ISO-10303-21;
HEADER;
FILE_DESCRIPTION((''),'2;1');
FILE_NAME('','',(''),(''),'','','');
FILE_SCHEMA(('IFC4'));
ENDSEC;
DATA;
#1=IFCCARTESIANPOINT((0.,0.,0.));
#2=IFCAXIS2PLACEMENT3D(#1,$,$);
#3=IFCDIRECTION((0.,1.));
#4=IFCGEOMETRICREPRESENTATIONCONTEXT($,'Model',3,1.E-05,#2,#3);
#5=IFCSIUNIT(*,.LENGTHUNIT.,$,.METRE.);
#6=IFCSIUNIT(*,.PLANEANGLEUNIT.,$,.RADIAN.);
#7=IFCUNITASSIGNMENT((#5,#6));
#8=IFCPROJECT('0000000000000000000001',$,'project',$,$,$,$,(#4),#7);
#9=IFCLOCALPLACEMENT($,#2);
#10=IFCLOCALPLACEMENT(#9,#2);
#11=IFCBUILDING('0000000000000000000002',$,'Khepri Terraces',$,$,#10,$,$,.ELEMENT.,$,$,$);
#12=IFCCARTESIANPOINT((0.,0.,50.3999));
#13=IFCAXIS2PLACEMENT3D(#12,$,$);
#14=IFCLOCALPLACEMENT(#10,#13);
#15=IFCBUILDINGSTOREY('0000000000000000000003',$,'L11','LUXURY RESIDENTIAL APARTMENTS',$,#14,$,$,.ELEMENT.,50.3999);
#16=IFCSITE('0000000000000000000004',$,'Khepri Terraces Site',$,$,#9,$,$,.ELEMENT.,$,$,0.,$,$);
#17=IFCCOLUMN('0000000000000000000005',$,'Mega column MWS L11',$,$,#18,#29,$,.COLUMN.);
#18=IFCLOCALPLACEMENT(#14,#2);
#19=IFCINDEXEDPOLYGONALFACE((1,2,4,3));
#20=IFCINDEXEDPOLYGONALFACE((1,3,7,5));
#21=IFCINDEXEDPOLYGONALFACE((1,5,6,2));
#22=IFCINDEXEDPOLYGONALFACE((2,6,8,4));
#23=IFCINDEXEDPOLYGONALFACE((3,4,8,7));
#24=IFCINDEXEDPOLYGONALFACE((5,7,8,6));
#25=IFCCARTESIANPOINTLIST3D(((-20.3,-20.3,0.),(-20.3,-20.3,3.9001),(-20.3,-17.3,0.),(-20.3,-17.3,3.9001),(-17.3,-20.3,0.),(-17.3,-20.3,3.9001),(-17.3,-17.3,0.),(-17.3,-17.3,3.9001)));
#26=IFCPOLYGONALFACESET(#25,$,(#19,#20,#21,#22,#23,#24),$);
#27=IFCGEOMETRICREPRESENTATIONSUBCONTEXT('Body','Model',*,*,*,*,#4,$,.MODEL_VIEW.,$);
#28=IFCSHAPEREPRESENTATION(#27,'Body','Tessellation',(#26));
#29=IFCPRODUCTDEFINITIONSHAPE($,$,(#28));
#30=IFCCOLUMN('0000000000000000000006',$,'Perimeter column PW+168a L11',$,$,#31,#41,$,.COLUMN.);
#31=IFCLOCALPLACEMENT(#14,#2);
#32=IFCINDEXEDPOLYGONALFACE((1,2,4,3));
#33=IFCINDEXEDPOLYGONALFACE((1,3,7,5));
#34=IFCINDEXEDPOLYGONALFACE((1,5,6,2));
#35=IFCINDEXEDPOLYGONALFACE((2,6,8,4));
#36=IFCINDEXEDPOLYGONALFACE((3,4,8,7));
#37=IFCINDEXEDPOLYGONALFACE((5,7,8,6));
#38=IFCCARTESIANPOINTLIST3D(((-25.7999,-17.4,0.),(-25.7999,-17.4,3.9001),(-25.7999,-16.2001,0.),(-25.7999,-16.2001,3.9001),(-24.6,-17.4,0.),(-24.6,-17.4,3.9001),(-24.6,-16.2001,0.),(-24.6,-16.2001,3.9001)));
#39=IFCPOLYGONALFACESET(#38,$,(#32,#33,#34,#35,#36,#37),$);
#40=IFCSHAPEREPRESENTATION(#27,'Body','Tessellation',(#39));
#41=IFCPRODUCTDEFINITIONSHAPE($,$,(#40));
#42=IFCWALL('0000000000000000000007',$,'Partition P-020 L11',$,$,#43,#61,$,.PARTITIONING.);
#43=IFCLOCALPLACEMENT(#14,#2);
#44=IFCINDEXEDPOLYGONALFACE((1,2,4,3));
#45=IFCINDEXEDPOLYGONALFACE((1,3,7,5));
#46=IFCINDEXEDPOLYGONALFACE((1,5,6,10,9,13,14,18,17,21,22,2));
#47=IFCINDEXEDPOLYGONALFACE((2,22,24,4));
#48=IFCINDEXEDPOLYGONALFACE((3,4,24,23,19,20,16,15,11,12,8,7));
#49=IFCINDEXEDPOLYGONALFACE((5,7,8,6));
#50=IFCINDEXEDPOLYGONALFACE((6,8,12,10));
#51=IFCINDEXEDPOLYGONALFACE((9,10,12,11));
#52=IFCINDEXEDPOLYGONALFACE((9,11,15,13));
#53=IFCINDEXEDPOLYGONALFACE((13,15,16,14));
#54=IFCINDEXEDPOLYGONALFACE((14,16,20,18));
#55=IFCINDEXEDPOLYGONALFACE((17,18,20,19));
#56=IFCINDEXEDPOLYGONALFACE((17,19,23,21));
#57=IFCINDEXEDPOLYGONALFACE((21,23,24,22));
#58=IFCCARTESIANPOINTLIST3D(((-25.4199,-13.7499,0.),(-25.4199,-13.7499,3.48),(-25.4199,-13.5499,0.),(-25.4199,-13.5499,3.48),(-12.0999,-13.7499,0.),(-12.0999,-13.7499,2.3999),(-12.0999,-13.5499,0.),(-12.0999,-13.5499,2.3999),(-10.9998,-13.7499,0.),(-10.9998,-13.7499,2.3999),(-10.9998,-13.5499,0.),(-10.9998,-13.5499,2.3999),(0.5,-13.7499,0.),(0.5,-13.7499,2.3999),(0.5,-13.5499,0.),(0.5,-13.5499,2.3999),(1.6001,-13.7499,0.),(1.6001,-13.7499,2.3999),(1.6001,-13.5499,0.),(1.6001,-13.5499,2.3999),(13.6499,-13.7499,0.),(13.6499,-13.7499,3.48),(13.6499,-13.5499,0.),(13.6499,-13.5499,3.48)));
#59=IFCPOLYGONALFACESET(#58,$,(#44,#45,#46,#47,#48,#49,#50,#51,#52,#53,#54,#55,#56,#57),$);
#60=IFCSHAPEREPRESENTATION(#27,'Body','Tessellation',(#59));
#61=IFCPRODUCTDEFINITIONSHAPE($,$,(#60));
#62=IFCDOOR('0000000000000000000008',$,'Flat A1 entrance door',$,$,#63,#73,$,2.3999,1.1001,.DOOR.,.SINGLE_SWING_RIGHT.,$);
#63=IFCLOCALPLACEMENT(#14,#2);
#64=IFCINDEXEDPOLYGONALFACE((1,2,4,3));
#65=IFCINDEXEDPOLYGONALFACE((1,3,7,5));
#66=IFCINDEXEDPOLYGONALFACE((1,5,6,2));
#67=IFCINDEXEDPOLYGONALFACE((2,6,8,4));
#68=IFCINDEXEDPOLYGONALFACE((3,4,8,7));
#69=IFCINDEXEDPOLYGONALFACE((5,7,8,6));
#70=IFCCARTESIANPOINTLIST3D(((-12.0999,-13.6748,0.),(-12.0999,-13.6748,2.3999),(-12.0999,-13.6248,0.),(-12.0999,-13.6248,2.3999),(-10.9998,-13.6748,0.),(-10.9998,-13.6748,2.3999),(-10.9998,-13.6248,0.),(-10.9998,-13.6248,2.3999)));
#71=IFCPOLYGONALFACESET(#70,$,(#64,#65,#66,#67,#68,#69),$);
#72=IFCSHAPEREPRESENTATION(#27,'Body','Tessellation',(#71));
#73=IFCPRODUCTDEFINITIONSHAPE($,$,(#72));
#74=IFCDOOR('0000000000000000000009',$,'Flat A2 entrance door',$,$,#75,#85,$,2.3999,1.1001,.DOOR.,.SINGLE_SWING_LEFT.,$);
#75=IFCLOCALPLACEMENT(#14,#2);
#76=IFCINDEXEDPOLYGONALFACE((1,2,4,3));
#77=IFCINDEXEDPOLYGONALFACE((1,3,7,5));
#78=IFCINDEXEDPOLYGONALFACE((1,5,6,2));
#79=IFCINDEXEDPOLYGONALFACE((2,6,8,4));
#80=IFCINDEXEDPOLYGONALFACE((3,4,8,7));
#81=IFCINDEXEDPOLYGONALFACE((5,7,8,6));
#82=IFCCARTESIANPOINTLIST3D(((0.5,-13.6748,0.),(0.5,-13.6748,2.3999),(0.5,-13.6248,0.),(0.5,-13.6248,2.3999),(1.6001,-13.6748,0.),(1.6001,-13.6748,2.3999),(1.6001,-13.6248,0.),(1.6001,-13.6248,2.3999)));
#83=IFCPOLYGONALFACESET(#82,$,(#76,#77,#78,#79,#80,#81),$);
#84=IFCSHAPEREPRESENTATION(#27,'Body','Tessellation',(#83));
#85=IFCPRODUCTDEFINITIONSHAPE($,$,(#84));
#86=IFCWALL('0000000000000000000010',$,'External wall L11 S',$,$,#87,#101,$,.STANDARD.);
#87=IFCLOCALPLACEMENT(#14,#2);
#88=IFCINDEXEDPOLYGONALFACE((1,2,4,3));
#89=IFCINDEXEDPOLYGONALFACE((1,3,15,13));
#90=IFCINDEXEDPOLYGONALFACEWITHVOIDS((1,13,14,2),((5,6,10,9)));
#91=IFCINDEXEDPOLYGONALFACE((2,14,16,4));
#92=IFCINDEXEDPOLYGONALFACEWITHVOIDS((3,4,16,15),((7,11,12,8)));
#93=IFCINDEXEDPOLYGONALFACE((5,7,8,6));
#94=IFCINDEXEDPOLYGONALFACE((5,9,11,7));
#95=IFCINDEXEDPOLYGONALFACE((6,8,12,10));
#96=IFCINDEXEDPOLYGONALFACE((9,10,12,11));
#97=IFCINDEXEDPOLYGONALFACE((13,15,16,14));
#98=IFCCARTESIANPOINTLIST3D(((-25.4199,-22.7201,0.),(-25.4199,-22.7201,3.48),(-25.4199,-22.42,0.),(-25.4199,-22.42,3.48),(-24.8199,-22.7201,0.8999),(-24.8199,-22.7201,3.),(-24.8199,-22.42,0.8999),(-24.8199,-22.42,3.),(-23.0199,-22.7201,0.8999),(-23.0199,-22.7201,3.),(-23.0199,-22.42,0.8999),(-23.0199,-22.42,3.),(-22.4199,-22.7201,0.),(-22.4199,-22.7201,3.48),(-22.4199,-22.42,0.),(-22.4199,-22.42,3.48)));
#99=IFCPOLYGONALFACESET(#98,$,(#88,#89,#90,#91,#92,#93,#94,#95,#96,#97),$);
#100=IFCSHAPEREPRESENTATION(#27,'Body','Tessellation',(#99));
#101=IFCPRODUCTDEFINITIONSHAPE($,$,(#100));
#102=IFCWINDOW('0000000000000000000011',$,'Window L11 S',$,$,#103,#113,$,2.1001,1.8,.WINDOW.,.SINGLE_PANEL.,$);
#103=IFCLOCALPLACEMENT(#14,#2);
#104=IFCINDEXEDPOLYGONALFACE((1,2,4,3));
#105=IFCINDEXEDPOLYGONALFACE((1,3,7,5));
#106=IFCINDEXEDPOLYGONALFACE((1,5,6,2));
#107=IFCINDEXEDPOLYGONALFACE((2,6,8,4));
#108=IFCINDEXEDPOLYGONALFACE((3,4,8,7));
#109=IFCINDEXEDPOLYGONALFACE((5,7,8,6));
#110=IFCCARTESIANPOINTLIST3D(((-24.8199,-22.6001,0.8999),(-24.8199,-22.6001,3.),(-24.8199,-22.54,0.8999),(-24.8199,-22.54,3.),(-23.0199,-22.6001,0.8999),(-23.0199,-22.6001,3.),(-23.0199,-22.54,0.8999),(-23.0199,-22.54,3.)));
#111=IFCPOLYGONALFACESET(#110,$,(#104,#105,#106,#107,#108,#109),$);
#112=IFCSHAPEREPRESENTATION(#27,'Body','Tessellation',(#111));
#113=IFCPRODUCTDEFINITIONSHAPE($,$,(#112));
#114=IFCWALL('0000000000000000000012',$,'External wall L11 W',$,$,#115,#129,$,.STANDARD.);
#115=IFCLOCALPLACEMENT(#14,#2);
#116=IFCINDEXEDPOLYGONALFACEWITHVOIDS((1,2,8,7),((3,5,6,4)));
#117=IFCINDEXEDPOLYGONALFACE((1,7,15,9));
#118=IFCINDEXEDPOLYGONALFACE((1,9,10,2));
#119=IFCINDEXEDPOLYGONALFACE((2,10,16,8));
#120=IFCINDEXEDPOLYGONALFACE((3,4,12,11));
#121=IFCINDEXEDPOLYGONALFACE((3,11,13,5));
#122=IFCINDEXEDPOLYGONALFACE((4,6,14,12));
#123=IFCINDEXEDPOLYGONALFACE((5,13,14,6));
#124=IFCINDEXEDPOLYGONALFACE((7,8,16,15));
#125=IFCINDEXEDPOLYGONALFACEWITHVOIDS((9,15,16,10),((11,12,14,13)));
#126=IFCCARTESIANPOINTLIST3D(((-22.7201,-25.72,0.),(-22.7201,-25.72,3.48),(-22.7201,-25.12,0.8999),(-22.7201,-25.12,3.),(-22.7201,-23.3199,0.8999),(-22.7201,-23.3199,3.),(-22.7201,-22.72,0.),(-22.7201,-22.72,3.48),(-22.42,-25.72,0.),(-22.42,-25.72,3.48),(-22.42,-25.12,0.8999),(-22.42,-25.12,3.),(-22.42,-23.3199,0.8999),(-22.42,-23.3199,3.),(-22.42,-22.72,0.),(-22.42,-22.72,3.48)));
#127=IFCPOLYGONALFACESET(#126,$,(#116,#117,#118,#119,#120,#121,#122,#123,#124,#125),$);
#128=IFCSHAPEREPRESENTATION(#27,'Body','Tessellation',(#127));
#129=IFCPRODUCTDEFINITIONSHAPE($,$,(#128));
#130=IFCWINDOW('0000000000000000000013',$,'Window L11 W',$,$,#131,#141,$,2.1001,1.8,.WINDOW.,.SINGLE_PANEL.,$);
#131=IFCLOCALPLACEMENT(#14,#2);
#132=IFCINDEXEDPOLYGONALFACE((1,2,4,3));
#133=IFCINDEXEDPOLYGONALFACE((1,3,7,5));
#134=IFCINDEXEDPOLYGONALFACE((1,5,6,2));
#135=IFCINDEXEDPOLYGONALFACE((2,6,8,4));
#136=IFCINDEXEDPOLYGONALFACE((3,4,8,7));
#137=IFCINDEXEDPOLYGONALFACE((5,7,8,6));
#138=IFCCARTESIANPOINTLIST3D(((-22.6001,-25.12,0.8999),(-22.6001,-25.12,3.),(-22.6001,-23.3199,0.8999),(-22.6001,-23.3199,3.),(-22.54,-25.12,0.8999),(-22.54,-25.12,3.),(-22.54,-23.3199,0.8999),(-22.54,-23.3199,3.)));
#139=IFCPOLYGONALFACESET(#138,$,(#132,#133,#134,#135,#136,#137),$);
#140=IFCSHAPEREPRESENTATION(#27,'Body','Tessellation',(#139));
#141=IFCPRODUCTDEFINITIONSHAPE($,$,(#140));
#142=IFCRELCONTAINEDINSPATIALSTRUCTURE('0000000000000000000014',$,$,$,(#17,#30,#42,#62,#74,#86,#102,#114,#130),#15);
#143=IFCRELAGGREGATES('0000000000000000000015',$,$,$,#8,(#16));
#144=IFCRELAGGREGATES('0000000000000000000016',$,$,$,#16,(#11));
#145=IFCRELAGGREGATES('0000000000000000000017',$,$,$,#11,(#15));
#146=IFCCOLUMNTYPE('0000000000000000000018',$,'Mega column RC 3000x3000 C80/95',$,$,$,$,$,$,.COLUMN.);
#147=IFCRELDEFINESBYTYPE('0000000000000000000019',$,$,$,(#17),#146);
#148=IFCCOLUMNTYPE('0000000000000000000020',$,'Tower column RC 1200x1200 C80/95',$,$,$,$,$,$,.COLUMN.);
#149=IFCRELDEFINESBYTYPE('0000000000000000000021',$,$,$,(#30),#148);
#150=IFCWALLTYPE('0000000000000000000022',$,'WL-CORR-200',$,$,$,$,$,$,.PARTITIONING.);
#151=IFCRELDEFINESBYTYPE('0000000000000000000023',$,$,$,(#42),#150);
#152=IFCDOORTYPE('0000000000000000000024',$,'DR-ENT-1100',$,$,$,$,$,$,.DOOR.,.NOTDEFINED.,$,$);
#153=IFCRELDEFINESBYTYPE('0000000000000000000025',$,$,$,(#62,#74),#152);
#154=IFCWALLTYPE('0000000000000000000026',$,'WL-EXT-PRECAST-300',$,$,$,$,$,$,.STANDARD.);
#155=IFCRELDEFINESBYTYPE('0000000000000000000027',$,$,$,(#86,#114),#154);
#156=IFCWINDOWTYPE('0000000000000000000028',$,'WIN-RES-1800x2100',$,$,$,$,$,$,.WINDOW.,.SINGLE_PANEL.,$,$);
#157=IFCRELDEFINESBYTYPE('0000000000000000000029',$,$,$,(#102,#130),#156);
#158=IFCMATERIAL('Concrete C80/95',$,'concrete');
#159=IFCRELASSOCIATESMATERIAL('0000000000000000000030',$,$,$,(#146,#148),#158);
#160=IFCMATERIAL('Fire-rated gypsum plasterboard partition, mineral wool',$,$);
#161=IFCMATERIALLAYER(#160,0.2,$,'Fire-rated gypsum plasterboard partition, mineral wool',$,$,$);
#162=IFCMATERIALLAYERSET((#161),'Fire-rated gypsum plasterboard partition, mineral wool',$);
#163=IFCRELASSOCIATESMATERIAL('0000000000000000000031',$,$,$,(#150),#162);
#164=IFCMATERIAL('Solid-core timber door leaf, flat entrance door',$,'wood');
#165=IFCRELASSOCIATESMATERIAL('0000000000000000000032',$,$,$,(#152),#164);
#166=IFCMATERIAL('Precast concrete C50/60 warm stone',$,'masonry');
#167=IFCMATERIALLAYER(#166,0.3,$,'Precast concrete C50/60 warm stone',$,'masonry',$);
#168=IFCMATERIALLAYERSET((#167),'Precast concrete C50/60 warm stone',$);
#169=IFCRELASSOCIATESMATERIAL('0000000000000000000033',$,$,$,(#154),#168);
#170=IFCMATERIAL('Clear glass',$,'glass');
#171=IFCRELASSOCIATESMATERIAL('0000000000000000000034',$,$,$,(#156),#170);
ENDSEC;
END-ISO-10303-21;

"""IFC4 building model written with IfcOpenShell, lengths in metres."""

from ifc_helpers import new_model, si_unit, direction, frame, frame_2d, origin, origin_2d, place, context, subcontext, project, spatial, rectangle, extrude, material, layer, layer_set, material_profile, profile_set, type_object, element, fill, save


model = new_model("IFC4")

# Units and contexts
model_context = context("Model", 3, precision=1e-05, world=origin(), true_north=direction((0.0, 1.0)))
body_context = subcontext(model_context, "Body", "Model", "MODEL_VIEW")
ifc_project = project(units=[si_unit("LENGTHUNIT", "METRE"), si_unit("PLANEANGLEUNIT", "RADIAN")], contexts=[model_context])

# Site, building, storey
site_placement = place(None, origin())
site = spatial("IfcSite", under=ifc_project, at=site_placement, Name="Khepri Terraces Site", CompositionType="ELEMENT", RefElevation=0.0)
building_placement = place(site_placement, origin())
building = spatial("IfcBuilding", under=site, at=building_placement, Name="Khepri Terraces", CompositionType="ELEMENT")
storey_placement = place(building_placement, frame((0.0, 0.0, 50.3999)))
storey = spatial("IfcBuildingStorey", under=building, at=storey_placement, Name="L11", Description="LUXURY RESIDENTIAL APARTMENTS", CompositionType="ELEMENT", Elevation=50.3999)

# Columns
ifc_material_1 = material(Name="Concrete C80/95", Category="concrete")
ifc_material_profile_1 = material_profile(ifc_material_1, rectangle(XDim=3.0, YDim=3.0, at=origin_2d()), Name="Concrete C80/95", Category="concrete")
ifc_profile_set_1 = profile_set([ifc_material_profile_1], Name="Concrete C80/95")
column_type_1 = type_object("IfcColumnType", Name="Mega column RC 3000x3000 C80/95", PredefinedType="COLUMN", material=ifc_profile_set_1)
column_1_placement = place(storey_placement, frame((-18.8, -18.8, 0.0), z_axis=(0.0, 0.0, 1.0), x_axis=(1.0, 0.0, 0.0)))
element("IfcColumn", 1, at=column_1_placement, inside=storey, type_object=column_type_1, Name="Mega column MWS L11", PredefinedType="COLUMN", context=body_context, shape_type="SweptSolid", body=[
    extrude(rectangle(XDim=3.0, YDim=3.0, at=origin_2d()), origin(), (0.0, 0.0, 1.0), 3.9001),
])
ifc_material_profile_2 = material_profile(ifc_material_1, rectangle(XDim=1.2, YDim=1.2, at=origin_2d()), Name="Concrete C80/95", Category="concrete")
ifc_profile_set_2 = profile_set([ifc_material_profile_2], Name="Concrete C80/95")
column_type_2 = type_object("IfcColumnType", Name="Tower column RC 1200x1200 C80/95", PredefinedType="COLUMN", material=ifc_profile_set_2)
column_2_placement = place(storey_placement, frame((-25.2, -16.8, 0.0), z_axis=(0.0, 0.0, 1.0), x_axis=(1.0, 0.0, 0.0)))
element("IfcColumn", 2, at=column_2_placement, inside=storey, type_object=column_type_2, Name="Perimeter column PW+168a L11", PredefinedType="COLUMN", context=body_context, shape_type="SweptSolid", body=[
    extrude(rectangle(XDim=1.2, YDim=1.2, at=origin_2d()), origin(), (0.0, 0.0, 1.0), 3.9001),
])

# Wall, openings, doors
ifc_material_2 = material(Name="Fire-rated gypsum plasterboard partition, mineral wool")
ifc_layer_1 = layer(ifc_material_2, 0.2, Name="Fire-rated gypsum plasterboard partition, mineral wool")
ifc_layer_set_1 = layer_set([ifc_layer_1], Name="Fire-rated gypsum plasterboard partition, mineral wool")
wall_type_1 = type_object("IfcWallType", Name="WL-CORR-200", PredefinedType="PARTITIONING", material=ifc_layer_set_1)
wall_1_placement = place(storey_placement, frame((-25.4199, -13.6499, 0.0), z_axis=(0.0, 0.0, 1.0), x_axis=(1.0, 0.0, 0.0)))
wall_1 = element("IfcWall", 3, at=wall_1_placement, inside=storey, type_object=wall_type_1, Name="Partition P-020 L11", PredefinedType="PARTITIONING", context=body_context, shape_type="SweptSolid", body=[
    extrude(rectangle(XDim=39.0698, YDim=0.2, at=frame_2d((19.5349, 0.0))), origin(), (0.0, 0.0, 1.0), 3.48),
])
opening_1_placement = place(wall_1_placement, frame((13.3201, 0.0, 0.0)))
opening_1 = element("IfcOpeningElement", 4, at=opening_1_placement, cuts=wall_1, PredefinedType="OPENING", context=body_context, shape_type="SweptSolid", body=[
    extrude(rectangle(XDim=1.1001, YDim=2.3999, at=frame_2d((0.55, 1.2))), frame((0.0, 0.1099, 0.0), z_axis=(0.0, -1.0, 0.0), x_axis=(1.0, 0.0, 0.0)), (0.0, 0.0, 1.0), 0.22),
])
opening_2_placement = place(wall_1_placement, frame((25.9199, 0.0, 0.0)))
opening_2 = element("IfcOpeningElement", 5, at=opening_2_placement, cuts=wall_1, PredefinedType="OPENING", context=body_context, shape_type="SweptSolid", body=[
    extrude(rectangle(XDim=1.1001, YDim=2.3999, at=frame_2d((0.55, 1.2))), frame((0.0, 0.1099, 0.0), z_axis=(0.0, -1.0, 0.0), x_axis=(1.0, 0.0, 0.0)), (0.0, 0.0, 1.0), 0.22),
])
ifc_material_3 = material(Name="Solid-core timber door leaf, flat entrance door", Category="wood")
door_type_1 = type_object("IfcDoorType", Name="DR-ENT-1100", OperationType="NOTDEFINED", PredefinedType="DOOR", material=ifc_material_3)
door_1_placement = place(opening_1_placement, frame((1.1001, 0.0, 0.0), z_axis=(0.0, 0.0, 1.0), x_axis=(-1.0, 0.0, 0.0)))
door_1 = element("IfcDoor", 6, at=door_1_placement, inside=storey, type_object=door_type_1, Name="Flat A1 entrance door", OperationType="SINGLE_SWING_RIGHT", OverallHeight=2.3999, OverallWidth=1.1001, PredefinedType="DOOR", context=body_context, shape_type="SweptSolid", body=[
    extrude(rectangle(XDim=1.1001, YDim=2.3999, at=frame_2d((0.55, 1.2))), frame((0.0, 0.0249, 0.0), z_axis=(0.0, -1.0, 0.0), x_axis=(1.0, 0.0, 0.0)), (0.0, 0.0, 1.0), 0.05),
])
fill(opening_1, door_1)
door_2_placement = place(opening_2_placement, frame((1.1001, 0.0, 0.0), z_axis=(0.0, 0.0, 1.0), x_axis=(-1.0, 0.0, 0.0)))
door_2 = element("IfcDoor", 7, at=door_2_placement, inside=storey, type_object=door_type_1, Name="Flat A2 entrance door", OperationType="SINGLE_SWING_LEFT", OverallHeight=2.3999, OverallWidth=1.1001, PredefinedType="DOOR", context=body_context, shape_type="SweptSolid", body=[
    extrude(rectangle(XDim=1.1001, YDim=2.3999, at=frame_2d((0.55, 1.2))), frame((0.0, 0.0249, 0.0), z_axis=(0.0, -1.0, 0.0), x_axis=(1.0, 0.0, 0.0)), (0.0, 0.0, 1.0), 0.05),
])
fill(opening_2, door_2)

# Shared definitions
ifc_material_4 = material(Name="Precast concrete C50/60 warm stone", Category="masonry")
ifc_layer_2 = layer(ifc_material_4, 0.3, Name="Precast concrete C50/60 warm stone", Category="masonry")
ifc_layer_set_2 = layer_set([ifc_layer_2], Name="Precast concrete C50/60 warm stone")
wall_type_2 = type_object("IfcWallType", Name="WL-EXT-PRECAST-300", PredefinedType="STANDARD", material=ifc_layer_set_2)
ifc_material_5 = material(Name="Clear glass", Category="glass")
window_type = type_object("IfcWindowType", Name="WIN-RES-1800x2100", PartitioningType="SINGLE_PANEL", PredefinedType="WINDOW", material=ifc_material_5)

# Walls, openings, windows
wall_2_placement = place(storey_placement, frame((-25.4199, -22.5701, 0.0), z_axis=(0.0, 0.0, 1.0), x_axis=(1.0, 0.0, 0.0)))
wall_2 = element("IfcWall", 8, at=wall_2_placement, inside=storey, type_object=wall_type_2, Name="External wall L11 S", PredefinedType="STANDARD", context=body_context, shape_type="SweptSolid", body=[
    extrude(rectangle(XDim=3.0, YDim=0.3, at=frame_2d((1.5, 0.0))), origin(), (0.0, 0.0, 1.0), 3.48),
])
opening_3_placement = place(wall_2_placement, frame((0.6001, 0.0, 0.8999)))
opening_3 = element("IfcOpeningElement", 9, at=opening_3_placement, cuts=wall_2, PredefinedType="OPENING", context=body_context, shape_type="SweptSolid", body=[
    extrude(rectangle(XDim=1.8, YDim=2.1001, at=frame_2d((0.8999, 1.05))), frame((0.0, 0.1602, 0.0), z_axis=(0.0, -1.0, 0.0), x_axis=(1.0, 0.0, 0.0)), (0.0, 0.0, 1.0), 0.3201),
])
window_1_placement = place(opening_3_placement, origin())
window_1 = element("IfcWindow", 10, at=window_1_placement, inside=storey, type_object=window_type, Name="Window L11 S", OverallHeight=2.1001, OverallWidth=1.8, PartitioningType="SINGLE_PANEL", PredefinedType="WINDOW", context=body_context, shape_type="SweptSolid", body=[
    extrude(rectangle(XDim=1.8, YDim=2.1001, at=frame_2d((0.8999, 1.05))), frame((0.0, 0.03, 0.0), z_axis=(0.0, -1.0, 0.0), x_axis=(1.0, 0.0, 0.0)), (0.0, 0.0, 1.0), 0.0601),
])
fill(opening_3, window_1)
wall_3_placement = place(storey_placement, frame((-22.5701, -22.72, 0.0), z_axis=(0.0, 0.0, 1.0), x_axis=(0.0, -1.0, 0.0)))
wall_3 = element("IfcWall", 11, at=wall_3_placement, inside=storey, type_object=wall_type_2, Name="External wall L11 W", PredefinedType="STANDARD", context=body_context, shape_type="SweptSolid", body=[
    extrude(rectangle(XDim=3.0, YDim=0.3, at=frame_2d((1.5, 0.0))), origin(), (0.0, 0.0, 1.0), 3.48),
])
opening_4_placement = place(wall_3_placement, frame((0.6001, 0.0, 0.8999)))
opening_4 = element("IfcOpeningElement", 12, at=opening_4_placement, cuts=wall_3, PredefinedType="OPENING", context=body_context, shape_type="SweptSolid", body=[
    extrude(rectangle(XDim=1.8, YDim=2.1001, at=frame_2d((0.8999, 1.05))), frame((0.0, 0.1602, 0.0), z_axis=(0.0, -1.0, 0.0), x_axis=(1.0, 0.0, 0.0)), (0.0, 0.0, 1.0), 0.3201),
])
window_2_placement = place(opening_4_placement, origin())
window_2 = element("IfcWindow", 13, at=window_2_placement, inside=storey, type_object=window_type, Name="Window L11 W", OverallHeight=2.1001, OverallWidth=1.8, PartitioningType="SINGLE_PANEL", PredefinedType="WINDOW", context=body_context, shape_type="SweptSolid", body=[
    extrude(rectangle(XDim=1.8, YDim=2.1001, at=frame_2d((0.8999, 1.05))), frame((0.0, 0.03, 0.0), z_axis=(0.0, -1.0, 0.0), x_axis=(1.0, 0.0, 0.0)), (0.0, 0.0, 1.0), 0.0601),
])
fill(opening_4, window_2)

save(model, "model.ifc")
